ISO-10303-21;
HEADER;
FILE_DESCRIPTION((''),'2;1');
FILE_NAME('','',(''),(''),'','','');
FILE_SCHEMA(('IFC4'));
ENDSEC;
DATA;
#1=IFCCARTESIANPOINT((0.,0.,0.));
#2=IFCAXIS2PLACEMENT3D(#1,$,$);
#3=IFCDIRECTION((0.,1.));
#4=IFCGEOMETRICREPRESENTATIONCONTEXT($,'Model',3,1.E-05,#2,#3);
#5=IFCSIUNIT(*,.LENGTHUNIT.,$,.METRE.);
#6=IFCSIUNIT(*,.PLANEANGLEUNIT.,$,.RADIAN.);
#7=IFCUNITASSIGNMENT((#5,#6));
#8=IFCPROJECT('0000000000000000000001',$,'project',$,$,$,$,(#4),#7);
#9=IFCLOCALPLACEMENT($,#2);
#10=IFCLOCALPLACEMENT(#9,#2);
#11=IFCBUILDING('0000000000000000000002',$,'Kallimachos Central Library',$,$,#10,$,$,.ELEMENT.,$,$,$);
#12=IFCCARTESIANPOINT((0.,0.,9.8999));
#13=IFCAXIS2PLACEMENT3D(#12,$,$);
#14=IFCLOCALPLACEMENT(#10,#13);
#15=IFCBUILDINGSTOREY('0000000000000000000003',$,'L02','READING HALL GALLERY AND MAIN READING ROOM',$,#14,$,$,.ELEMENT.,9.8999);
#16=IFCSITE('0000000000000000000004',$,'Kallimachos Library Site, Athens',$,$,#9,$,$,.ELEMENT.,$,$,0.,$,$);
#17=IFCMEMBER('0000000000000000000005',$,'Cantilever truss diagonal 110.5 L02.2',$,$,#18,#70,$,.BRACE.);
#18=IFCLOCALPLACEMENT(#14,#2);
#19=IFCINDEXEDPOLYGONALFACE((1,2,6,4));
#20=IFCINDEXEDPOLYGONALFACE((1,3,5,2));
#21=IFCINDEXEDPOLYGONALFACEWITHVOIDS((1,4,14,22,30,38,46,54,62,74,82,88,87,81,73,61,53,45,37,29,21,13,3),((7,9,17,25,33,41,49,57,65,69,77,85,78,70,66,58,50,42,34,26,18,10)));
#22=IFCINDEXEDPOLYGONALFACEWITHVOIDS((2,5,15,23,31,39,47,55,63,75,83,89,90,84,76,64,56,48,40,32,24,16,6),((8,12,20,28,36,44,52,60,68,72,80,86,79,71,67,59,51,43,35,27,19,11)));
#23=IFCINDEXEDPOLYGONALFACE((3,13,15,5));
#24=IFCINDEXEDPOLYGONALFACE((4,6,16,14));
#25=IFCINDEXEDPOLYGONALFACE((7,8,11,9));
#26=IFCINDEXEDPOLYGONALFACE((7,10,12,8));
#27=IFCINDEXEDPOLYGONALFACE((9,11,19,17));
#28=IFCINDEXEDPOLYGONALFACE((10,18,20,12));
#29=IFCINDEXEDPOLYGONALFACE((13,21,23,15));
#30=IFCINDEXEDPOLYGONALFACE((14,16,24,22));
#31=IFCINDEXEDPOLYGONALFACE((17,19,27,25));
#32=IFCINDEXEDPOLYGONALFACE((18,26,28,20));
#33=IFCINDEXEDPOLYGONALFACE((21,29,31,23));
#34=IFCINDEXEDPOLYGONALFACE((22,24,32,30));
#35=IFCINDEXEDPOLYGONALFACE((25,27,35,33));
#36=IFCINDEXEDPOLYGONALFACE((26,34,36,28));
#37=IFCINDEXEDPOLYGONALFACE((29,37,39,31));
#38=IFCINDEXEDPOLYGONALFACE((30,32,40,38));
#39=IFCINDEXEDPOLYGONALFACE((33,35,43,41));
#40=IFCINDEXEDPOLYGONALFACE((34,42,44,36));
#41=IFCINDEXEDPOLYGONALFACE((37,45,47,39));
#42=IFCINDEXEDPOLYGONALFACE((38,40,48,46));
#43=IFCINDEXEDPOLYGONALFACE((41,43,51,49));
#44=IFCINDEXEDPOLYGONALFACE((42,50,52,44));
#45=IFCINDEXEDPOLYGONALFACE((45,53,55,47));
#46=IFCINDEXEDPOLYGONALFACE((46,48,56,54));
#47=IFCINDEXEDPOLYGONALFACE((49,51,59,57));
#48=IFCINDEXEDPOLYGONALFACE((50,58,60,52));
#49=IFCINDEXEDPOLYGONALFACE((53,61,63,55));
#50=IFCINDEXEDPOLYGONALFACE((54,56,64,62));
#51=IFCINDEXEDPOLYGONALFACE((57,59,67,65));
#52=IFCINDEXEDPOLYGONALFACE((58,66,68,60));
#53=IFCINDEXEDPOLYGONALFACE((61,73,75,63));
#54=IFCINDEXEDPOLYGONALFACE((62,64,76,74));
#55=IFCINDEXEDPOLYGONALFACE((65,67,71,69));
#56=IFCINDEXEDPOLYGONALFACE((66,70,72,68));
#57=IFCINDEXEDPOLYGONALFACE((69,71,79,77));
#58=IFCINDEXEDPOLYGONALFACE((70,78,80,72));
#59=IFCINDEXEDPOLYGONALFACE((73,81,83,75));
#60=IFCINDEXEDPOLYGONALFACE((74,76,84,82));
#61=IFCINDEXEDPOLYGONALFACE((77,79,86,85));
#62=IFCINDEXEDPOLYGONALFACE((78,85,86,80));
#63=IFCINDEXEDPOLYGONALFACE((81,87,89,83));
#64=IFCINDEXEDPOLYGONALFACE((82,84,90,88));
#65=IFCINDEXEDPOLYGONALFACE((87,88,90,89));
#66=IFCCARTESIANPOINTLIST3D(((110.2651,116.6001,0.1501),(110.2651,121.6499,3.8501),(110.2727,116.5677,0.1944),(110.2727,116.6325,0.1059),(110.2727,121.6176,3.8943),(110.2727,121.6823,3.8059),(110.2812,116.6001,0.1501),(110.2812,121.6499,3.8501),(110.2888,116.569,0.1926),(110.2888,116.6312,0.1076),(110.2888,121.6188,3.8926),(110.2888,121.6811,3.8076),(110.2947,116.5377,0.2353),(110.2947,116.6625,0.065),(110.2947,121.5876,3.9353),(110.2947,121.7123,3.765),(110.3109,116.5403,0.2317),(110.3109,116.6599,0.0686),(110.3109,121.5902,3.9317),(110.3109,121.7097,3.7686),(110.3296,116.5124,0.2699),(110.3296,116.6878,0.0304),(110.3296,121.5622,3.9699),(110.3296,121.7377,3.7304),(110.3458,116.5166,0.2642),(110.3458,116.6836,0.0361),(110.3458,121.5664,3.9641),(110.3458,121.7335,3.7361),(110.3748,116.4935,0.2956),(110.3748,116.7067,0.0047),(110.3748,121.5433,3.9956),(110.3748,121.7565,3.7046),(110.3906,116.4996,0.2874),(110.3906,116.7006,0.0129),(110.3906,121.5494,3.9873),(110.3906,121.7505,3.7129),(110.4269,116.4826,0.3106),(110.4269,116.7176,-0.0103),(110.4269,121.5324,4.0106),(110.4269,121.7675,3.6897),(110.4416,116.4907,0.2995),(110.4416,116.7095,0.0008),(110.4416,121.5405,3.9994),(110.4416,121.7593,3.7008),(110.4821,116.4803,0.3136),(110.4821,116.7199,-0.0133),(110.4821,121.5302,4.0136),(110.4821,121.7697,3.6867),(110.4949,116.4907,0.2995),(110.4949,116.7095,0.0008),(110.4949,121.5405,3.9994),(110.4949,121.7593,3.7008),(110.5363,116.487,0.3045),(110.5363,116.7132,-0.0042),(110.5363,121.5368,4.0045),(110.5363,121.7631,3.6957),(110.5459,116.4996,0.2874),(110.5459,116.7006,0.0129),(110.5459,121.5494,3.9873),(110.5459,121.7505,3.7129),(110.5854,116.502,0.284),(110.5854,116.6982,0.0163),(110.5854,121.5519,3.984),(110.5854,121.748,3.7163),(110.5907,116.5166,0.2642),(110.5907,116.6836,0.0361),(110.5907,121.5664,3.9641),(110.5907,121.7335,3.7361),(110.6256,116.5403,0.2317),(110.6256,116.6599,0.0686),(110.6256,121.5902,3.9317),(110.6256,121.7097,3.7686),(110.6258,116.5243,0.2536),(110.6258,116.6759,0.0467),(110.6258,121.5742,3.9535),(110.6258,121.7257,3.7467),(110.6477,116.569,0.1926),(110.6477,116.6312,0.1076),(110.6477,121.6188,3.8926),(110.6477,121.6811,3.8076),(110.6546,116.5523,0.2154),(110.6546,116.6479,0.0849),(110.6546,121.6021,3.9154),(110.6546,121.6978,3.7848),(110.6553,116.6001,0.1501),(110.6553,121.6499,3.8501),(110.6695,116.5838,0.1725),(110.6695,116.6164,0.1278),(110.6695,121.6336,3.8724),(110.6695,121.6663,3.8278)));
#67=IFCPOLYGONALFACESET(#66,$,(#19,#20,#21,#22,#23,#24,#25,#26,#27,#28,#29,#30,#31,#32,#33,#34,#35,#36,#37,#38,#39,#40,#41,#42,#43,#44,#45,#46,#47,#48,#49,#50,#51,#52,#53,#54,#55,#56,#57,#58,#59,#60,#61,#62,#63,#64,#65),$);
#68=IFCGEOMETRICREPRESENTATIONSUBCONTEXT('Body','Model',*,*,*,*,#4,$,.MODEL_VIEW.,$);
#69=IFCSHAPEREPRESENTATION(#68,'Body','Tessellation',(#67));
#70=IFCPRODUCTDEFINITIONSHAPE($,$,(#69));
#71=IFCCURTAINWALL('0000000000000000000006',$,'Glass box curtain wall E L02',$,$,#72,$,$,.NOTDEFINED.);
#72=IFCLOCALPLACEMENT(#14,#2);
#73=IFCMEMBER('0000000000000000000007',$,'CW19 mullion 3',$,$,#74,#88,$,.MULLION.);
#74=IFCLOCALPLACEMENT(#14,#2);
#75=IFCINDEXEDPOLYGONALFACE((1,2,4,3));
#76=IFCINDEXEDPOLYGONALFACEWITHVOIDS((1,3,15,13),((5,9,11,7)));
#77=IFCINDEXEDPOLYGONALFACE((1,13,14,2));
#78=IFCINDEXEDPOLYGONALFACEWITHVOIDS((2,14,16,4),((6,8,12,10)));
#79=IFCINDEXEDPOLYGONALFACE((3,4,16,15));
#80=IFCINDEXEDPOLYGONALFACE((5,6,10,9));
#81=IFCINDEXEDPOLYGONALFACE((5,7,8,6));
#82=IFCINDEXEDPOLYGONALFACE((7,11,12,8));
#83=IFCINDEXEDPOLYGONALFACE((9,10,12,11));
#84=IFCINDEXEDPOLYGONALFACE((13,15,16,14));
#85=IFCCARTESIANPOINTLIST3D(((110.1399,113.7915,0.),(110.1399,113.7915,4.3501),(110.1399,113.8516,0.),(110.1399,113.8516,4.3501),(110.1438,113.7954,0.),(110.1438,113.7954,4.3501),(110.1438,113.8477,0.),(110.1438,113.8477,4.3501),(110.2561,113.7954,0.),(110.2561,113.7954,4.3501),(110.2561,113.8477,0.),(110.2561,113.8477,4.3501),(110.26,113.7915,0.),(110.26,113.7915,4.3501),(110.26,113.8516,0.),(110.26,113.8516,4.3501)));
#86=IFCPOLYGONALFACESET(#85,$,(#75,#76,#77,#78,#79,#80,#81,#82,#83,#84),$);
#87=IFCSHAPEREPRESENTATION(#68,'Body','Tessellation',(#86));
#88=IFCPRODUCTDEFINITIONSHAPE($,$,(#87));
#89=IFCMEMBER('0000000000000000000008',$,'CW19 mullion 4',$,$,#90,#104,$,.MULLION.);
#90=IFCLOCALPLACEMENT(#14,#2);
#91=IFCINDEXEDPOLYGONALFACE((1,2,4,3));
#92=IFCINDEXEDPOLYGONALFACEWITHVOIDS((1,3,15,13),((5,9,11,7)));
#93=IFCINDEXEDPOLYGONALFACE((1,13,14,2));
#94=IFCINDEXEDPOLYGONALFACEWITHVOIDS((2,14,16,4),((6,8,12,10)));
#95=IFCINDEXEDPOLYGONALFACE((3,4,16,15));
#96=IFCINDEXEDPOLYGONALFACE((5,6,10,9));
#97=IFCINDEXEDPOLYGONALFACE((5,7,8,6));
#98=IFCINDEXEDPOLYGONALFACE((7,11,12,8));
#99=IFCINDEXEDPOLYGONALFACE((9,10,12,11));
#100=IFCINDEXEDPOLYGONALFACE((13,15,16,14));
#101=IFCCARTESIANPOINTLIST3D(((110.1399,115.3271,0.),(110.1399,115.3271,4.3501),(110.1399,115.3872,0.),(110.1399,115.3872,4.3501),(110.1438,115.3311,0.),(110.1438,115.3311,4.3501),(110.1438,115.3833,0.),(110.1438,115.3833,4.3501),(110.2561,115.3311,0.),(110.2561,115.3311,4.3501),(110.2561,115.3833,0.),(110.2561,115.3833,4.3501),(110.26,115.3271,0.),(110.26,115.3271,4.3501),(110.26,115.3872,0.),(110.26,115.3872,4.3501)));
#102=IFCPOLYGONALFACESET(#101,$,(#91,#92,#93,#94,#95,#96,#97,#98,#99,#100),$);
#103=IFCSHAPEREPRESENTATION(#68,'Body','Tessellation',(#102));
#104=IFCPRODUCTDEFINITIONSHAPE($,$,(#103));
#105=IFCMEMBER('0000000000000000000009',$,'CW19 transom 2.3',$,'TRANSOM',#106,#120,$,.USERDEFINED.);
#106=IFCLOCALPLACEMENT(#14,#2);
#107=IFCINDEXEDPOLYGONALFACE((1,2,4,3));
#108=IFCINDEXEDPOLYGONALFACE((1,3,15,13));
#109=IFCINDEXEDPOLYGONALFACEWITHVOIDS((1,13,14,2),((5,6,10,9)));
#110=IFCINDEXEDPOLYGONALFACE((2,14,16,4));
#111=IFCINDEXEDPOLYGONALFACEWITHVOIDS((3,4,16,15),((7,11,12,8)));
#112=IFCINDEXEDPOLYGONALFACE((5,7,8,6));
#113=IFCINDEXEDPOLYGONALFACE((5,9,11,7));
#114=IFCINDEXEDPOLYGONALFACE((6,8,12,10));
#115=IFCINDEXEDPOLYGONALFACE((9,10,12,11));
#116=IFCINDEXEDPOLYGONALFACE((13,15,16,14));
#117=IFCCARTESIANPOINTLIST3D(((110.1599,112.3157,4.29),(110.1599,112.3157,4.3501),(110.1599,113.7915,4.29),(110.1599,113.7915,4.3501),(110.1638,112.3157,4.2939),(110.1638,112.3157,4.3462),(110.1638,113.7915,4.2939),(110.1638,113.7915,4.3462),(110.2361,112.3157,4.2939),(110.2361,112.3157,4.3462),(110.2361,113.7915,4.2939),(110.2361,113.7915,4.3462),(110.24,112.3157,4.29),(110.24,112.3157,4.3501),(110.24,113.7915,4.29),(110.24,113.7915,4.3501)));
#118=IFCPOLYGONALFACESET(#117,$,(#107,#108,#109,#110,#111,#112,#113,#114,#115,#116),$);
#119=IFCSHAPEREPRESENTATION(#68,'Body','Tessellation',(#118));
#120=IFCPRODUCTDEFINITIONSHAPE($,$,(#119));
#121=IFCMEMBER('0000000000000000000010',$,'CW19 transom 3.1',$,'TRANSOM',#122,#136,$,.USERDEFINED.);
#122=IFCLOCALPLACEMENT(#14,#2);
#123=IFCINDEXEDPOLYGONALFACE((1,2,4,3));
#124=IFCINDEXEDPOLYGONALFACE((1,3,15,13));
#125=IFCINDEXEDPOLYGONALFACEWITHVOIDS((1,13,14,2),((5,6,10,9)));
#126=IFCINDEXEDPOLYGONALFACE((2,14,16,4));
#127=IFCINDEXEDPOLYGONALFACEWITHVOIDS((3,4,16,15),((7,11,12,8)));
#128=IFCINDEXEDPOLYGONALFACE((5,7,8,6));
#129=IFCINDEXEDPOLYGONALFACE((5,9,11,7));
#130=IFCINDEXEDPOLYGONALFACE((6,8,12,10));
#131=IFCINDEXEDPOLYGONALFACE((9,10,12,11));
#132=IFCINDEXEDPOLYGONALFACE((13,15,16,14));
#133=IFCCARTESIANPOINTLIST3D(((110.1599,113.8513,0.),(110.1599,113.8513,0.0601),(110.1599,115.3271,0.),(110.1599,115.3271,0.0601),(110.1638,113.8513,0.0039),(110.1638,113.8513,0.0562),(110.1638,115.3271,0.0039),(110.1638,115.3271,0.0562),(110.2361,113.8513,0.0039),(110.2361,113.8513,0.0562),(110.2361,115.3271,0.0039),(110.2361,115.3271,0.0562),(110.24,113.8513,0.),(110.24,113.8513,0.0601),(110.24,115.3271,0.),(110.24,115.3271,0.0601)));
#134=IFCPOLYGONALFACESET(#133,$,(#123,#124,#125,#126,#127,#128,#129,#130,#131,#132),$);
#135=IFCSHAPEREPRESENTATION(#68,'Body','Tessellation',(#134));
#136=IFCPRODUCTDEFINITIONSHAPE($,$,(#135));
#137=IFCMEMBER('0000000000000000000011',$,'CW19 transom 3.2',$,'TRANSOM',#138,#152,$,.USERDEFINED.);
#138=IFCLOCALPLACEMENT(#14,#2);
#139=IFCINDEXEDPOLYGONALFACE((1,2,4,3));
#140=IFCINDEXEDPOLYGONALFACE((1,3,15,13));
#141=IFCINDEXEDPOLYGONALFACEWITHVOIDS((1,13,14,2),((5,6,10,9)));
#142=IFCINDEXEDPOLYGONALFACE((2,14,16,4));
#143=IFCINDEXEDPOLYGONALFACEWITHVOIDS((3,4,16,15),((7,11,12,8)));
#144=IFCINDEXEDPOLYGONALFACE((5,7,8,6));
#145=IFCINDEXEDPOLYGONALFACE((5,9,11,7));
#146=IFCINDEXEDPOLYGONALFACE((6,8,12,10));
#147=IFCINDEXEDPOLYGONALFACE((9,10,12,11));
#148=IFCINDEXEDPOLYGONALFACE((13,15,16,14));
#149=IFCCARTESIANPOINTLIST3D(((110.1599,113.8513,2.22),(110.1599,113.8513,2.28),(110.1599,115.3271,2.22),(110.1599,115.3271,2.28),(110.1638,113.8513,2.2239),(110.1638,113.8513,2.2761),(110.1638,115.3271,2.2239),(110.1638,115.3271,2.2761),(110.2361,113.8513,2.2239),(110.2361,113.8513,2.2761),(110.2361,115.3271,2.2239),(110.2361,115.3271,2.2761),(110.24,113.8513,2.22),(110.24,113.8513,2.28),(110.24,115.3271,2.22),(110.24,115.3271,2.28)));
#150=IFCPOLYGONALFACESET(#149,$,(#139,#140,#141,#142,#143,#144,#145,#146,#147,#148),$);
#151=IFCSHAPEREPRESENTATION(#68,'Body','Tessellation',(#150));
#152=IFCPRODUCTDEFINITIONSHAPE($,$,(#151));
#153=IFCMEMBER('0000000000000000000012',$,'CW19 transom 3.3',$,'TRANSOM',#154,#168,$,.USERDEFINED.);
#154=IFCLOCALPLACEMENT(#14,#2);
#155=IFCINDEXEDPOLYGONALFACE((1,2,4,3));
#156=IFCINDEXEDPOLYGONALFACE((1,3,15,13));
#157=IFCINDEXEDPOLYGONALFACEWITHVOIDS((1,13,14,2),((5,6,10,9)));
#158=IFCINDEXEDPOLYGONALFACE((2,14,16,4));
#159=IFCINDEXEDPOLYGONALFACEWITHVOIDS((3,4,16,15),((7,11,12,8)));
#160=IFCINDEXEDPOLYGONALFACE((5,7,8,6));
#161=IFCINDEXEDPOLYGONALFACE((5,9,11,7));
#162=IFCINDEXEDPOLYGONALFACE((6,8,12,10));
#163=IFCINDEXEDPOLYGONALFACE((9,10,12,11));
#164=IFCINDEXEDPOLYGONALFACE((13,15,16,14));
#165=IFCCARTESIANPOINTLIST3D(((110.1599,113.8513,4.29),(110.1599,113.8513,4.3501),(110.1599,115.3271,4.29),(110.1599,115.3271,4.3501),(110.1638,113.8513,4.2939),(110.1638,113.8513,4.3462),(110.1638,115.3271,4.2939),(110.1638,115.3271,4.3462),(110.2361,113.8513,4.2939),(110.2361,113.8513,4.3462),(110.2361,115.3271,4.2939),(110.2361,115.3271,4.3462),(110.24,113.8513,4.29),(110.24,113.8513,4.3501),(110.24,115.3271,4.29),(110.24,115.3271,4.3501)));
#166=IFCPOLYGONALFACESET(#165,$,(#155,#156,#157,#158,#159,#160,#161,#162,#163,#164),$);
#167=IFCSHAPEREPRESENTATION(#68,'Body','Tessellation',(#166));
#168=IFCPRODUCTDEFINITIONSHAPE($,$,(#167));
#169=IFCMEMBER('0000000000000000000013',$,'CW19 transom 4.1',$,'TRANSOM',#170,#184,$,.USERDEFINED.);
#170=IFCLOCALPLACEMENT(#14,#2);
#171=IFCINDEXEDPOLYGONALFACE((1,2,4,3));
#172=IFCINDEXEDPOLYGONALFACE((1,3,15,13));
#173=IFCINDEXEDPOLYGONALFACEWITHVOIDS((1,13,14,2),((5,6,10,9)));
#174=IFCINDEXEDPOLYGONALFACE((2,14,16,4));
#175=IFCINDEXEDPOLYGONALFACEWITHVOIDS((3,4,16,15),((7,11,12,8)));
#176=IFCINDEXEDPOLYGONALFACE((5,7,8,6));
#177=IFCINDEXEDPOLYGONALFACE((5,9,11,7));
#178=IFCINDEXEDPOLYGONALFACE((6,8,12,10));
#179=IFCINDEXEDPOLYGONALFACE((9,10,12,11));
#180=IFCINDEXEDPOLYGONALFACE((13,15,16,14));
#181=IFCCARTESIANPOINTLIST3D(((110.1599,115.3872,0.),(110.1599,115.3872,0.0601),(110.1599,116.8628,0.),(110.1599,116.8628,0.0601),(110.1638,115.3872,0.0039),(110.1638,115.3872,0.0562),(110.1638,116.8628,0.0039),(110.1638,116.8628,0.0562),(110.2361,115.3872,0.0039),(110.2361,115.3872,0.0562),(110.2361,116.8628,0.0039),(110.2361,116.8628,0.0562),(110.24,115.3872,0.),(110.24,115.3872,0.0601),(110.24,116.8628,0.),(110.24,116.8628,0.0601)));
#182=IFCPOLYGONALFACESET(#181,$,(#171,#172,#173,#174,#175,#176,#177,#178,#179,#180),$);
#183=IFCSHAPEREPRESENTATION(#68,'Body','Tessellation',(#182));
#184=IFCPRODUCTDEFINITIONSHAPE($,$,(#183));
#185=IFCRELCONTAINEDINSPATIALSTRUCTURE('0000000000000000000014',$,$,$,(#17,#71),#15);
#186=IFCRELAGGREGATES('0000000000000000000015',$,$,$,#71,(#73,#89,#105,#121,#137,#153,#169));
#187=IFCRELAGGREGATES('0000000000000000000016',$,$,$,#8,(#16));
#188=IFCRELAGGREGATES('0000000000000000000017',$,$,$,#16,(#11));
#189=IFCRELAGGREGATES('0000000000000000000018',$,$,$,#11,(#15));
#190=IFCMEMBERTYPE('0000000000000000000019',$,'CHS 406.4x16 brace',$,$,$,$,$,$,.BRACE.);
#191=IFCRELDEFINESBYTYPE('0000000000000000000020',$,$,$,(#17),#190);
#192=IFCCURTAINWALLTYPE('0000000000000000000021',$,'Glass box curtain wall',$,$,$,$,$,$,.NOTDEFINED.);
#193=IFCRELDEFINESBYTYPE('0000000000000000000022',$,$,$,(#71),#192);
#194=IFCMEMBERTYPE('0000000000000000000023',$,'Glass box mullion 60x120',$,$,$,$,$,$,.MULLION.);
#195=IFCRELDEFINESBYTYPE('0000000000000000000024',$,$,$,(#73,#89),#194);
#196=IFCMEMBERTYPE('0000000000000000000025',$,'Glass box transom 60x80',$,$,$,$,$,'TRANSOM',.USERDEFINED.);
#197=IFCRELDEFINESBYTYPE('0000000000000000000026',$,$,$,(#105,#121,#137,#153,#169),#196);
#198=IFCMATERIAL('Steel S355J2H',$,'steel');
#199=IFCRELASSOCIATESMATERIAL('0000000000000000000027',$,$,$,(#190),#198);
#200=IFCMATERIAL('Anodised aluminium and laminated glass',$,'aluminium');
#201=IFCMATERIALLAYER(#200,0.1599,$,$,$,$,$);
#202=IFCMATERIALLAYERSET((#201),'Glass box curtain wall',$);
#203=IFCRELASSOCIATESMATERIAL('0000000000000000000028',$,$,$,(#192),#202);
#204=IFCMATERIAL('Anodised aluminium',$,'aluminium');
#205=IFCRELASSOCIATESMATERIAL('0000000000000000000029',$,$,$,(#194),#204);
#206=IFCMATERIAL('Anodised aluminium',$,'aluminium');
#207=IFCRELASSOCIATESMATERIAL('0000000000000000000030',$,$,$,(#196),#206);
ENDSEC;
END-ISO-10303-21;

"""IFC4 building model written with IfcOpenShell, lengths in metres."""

from ifc_helpers import new_model, si_unit, direction, frame, origin, origin_2d, place, context, subcontext, project, spatial, hollow_rectangle, hollow_circle, extrude, material, layer, layer_set, material_profile, profile_set, type_object, element, aggregate, save


model = new_model("IFC4")

# Units and contexts
model_context = context("Model", 3, precision=1e-05, world=origin(), true_north=direction((0.0, 1.0)))
body_context = subcontext(model_context, "Body", "Model", "MODEL_VIEW")
ifc_project = project(units=[si_unit("LENGTHUNIT", "METRE"), si_unit("PLANEANGLEUNIT", "RADIAN")], contexts=[model_context])

# Site, building, storey
site_placement = place(None, origin())
site = spatial("IfcSite", under=ifc_project, at=site_placement, Name="Kallimachos Library Site, Athens", CompositionType="ELEMENT", RefElevation=0.0)
building_placement = place(site_placement, origin())
building = spatial("IfcBuilding", under=site, at=building_placement, Name="Kallimachos Central Library", CompositionType="ELEMENT")
storey_placement = place(building_placement, frame((0.0, 0.0, 9.8999)))
storey = spatial("IfcBuildingStorey", under=building, at=storey_placement, Name="L02", Description="READING HALL GALLERY AND MAIN READING ROOM", CompositionType="ELEMENT", Elevation=9.8999)

# Member
ifc_material_1 = material(Name="Steel S355J2H", Category="steel")
ifc_material_profile_1 = material_profile(ifc_material_1, hollow_circle(Radius=0.2031, WallThickness=0.0161, at=origin_2d()), Name="CHS 406.4x16")
ifc_profile_set_1 = profile_set([ifc_material_profile_1], Name="Steel S355J2H")
member_type_1 = type_object("IfcMemberType", Name="CHS 406.4x16 brace", PredefinedType="BRACE", material=ifc_profile_set_1)
member_1_placement = place(storey_placement, frame((110.4683, 116.6001, 0.1501), z_axis=(0.0, 0.806652, 0.591027), x_axis=(-1.0, 0.0, 0.0)))
element("IfcMember", 1, at=member_1_placement, inside=storey, type_object=member_type_1, Name="Cantilever truss diagonal 110.5 L02.2", PredefinedType="BRACE", context=body_context, shape_type="SweptSolid", body=[
    extrude(hollow_circle(Radius=0.2031, WallThickness=0.0161, at=origin_2d()), origin(), (0.0, 0.0, 1.0), 6.2603),
])

# Curtain wall, members
ifc_material_2 = material(Name="Anodised aluminium and laminated glass", Category="aluminium")
ifc_layer_1 = layer(ifc_material_2, 0.1599)
ifc_layer_set_1 = layer_set([ifc_layer_1], Name="Glass box curtain wall")
curtain_wall_type = type_object("IfcCurtainWallType", Name="Glass box curtain wall", PredefinedType="NOTDEFINED", material=ifc_layer_set_1)
curtain_wall_placement = place(storey_placement, origin())
curtain_wall = element("IfcCurtainWall", 2, at=curtain_wall_placement, inside=storey, type_object=curtain_wall_type, Name="Glass box curtain wall E L02", PredefinedType="NOTDEFINED")
ifc_material_3 = material(Name="Anodised aluminium", Category="aluminium")
ifc_material_profile_2 = material_profile(ifc_material_3, hollow_rectangle(XDim=0.0601, YDim=0.1201, WallThickness=0.0039, at=origin_2d()), Name="ALU MULLION 60x120")
ifc_profile_set_2 = profile_set([ifc_material_profile_2], Name="Anodised aluminium")
member_type_2 = type_object("IfcMemberType", Name="Glass box mullion 60x120", PredefinedType="MULLION", material=ifc_profile_set_2)
member_2_placement = place(storey_placement, frame((110.2, 113.8215, 0.0), z_axis=(0.0, 0.0, 1.0), x_axis=(0.0, 1.0, 0.0)))
member_2 = element("IfcMember", 3, at=member_2_placement, type_object=member_type_2, Name="CW19 mullion 3", PredefinedType="MULLION", context=body_context, shape_type="SweptSolid", body=[
    extrude(hollow_rectangle(XDim=0.0601, YDim=0.1201, WallThickness=0.0039, at=origin_2d()), origin(), (0.0, 0.0, 1.0), 4.3501),
])
member_3_placement = place(storey_placement, frame((110.2, 115.3572, 0.0), z_axis=(0.0, 0.0, 1.0), x_axis=(0.0, 1.0, 0.0)))
member_3 = element("IfcMember", 4, at=member_3_placement, type_object=member_type_2, Name="CW19 mullion 4", PredefinedType="MULLION", context=body_context, shape_type="SweptSolid", body=[
    extrude(hollow_rectangle(XDim=0.0601, YDim=0.1201, WallThickness=0.0039, at=origin_2d()), origin(), (0.0, 0.0, 1.0), 4.3501),
])
ifc_material_4 = material(Name="Anodised aluminium", Category="aluminium")
ifc_material_profile_3 = material_profile(ifc_material_4, hollow_rectangle(XDim=0.0601, YDim=0.0801, WallThickness=0.0039, at=origin_2d()), Name="ALU TRANSOM 60x80")
ifc_profile_set_3 = profile_set([ifc_material_profile_3], Name="Anodised aluminium")
member_type_3 = type_object("IfcMemberType", Name="Glass box transom 60x80", ElementType="TRANSOM", PredefinedType="USERDEFINED", material=ifc_profile_set_3)
member_4_placement = place(storey_placement, frame((110.2, 112.3157, 4.3201), z_axis=(0.0, 1.0, 0.0), x_axis=(0.0, 0.0, 1.0)))
member_4 = element("IfcMember", 5, at=member_4_placement, type_object=member_type_3, Name="CW19 transom 2.3", ObjectType="TRANSOM", PredefinedType="USERDEFINED", context=body_context, shape_type="SweptSolid", body=[
    extrude(hollow_rectangle(XDim=0.0601, YDim=0.0801, WallThickness=0.0039, at=origin_2d()), origin(), (0.0, 0.0, 1.0), 1.4758),
])
member_5_placement = place(storey_placement, frame((110.2, 113.8513, 0.03), z_axis=(0.0, 1.0, 0.0), x_axis=(0.0, 0.0, 1.0)))
member_5 = element("IfcMember", 6, at=member_5_placement, type_object=member_type_3, Name="CW19 transom 3.1", ObjectType="TRANSOM", PredefinedType="USERDEFINED", context=body_context, shape_type="SweptSolid", body=[
    extrude(hollow_rectangle(XDim=0.0601, YDim=0.0801, WallThickness=0.0039, at=origin_2d()), origin(), (0.0, 0.0, 1.0), 1.4758),
])
member_6_placement = place(storey_placement, frame((110.2, 113.8513, 2.25), z_axis=(0.0, 1.0, 0.0), x_axis=(0.0, 0.0, 1.0)))
member_6 = element("IfcMember", 7, at=member_6_placement, type_object=member_type_3, Name="CW19 transom 3.2", ObjectType="TRANSOM", PredefinedType="USERDEFINED", context=body_context, shape_type="SweptSolid", body=[
    extrude(hollow_rectangle(XDim=0.0601, YDim=0.0801, WallThickness=0.0039, at=origin_2d()), origin(), (0.0, 0.0, 1.0), 1.4758),
])
member_7_placement = place(storey_placement, frame((110.2, 113.8513, 4.3201), z_axis=(0.0, 1.0, 0.0), x_axis=(0.0, 0.0, 1.0)))
member_7 = element("IfcMember", 8, at=member_7_placement, type_object=member_type_3, Name="CW19 transom 3.3", ObjectType="TRANSOM", PredefinedType="USERDEFINED", context=body_context, shape_type="SweptSolid", body=[
    extrude(hollow_rectangle(XDim=0.0601, YDim=0.0801, WallThickness=0.0039, at=origin_2d()), origin(), (0.0, 0.0, 1.0), 1.4758),
])
member_8_placement = place(storey_placement, frame((110.2, 115.3872, 0.03), z_axis=(0.0, 1.0, 0.0), x_axis=(0.0, 0.0, 1.0)))
member_8 = element("IfcMember", 9, at=member_8_placement, type_object=member_type_3, Name="CW19 transom 4.1", ObjectType="TRANSOM", PredefinedType="USERDEFINED", context=body_context, shape_type="SweptSolid", body=[
    extrude(hollow_rectangle(XDim=0.0601, YDim=0.0801, WallThickness=0.0039, at=origin_2d()), origin(), (0.0, 0.0, 1.0), 1.4756),
])

aggregate(curtain_wall, [member_2, member_3, member_4, member_5, member_6, member_7, member_8])

save(model, "model.ifc")
